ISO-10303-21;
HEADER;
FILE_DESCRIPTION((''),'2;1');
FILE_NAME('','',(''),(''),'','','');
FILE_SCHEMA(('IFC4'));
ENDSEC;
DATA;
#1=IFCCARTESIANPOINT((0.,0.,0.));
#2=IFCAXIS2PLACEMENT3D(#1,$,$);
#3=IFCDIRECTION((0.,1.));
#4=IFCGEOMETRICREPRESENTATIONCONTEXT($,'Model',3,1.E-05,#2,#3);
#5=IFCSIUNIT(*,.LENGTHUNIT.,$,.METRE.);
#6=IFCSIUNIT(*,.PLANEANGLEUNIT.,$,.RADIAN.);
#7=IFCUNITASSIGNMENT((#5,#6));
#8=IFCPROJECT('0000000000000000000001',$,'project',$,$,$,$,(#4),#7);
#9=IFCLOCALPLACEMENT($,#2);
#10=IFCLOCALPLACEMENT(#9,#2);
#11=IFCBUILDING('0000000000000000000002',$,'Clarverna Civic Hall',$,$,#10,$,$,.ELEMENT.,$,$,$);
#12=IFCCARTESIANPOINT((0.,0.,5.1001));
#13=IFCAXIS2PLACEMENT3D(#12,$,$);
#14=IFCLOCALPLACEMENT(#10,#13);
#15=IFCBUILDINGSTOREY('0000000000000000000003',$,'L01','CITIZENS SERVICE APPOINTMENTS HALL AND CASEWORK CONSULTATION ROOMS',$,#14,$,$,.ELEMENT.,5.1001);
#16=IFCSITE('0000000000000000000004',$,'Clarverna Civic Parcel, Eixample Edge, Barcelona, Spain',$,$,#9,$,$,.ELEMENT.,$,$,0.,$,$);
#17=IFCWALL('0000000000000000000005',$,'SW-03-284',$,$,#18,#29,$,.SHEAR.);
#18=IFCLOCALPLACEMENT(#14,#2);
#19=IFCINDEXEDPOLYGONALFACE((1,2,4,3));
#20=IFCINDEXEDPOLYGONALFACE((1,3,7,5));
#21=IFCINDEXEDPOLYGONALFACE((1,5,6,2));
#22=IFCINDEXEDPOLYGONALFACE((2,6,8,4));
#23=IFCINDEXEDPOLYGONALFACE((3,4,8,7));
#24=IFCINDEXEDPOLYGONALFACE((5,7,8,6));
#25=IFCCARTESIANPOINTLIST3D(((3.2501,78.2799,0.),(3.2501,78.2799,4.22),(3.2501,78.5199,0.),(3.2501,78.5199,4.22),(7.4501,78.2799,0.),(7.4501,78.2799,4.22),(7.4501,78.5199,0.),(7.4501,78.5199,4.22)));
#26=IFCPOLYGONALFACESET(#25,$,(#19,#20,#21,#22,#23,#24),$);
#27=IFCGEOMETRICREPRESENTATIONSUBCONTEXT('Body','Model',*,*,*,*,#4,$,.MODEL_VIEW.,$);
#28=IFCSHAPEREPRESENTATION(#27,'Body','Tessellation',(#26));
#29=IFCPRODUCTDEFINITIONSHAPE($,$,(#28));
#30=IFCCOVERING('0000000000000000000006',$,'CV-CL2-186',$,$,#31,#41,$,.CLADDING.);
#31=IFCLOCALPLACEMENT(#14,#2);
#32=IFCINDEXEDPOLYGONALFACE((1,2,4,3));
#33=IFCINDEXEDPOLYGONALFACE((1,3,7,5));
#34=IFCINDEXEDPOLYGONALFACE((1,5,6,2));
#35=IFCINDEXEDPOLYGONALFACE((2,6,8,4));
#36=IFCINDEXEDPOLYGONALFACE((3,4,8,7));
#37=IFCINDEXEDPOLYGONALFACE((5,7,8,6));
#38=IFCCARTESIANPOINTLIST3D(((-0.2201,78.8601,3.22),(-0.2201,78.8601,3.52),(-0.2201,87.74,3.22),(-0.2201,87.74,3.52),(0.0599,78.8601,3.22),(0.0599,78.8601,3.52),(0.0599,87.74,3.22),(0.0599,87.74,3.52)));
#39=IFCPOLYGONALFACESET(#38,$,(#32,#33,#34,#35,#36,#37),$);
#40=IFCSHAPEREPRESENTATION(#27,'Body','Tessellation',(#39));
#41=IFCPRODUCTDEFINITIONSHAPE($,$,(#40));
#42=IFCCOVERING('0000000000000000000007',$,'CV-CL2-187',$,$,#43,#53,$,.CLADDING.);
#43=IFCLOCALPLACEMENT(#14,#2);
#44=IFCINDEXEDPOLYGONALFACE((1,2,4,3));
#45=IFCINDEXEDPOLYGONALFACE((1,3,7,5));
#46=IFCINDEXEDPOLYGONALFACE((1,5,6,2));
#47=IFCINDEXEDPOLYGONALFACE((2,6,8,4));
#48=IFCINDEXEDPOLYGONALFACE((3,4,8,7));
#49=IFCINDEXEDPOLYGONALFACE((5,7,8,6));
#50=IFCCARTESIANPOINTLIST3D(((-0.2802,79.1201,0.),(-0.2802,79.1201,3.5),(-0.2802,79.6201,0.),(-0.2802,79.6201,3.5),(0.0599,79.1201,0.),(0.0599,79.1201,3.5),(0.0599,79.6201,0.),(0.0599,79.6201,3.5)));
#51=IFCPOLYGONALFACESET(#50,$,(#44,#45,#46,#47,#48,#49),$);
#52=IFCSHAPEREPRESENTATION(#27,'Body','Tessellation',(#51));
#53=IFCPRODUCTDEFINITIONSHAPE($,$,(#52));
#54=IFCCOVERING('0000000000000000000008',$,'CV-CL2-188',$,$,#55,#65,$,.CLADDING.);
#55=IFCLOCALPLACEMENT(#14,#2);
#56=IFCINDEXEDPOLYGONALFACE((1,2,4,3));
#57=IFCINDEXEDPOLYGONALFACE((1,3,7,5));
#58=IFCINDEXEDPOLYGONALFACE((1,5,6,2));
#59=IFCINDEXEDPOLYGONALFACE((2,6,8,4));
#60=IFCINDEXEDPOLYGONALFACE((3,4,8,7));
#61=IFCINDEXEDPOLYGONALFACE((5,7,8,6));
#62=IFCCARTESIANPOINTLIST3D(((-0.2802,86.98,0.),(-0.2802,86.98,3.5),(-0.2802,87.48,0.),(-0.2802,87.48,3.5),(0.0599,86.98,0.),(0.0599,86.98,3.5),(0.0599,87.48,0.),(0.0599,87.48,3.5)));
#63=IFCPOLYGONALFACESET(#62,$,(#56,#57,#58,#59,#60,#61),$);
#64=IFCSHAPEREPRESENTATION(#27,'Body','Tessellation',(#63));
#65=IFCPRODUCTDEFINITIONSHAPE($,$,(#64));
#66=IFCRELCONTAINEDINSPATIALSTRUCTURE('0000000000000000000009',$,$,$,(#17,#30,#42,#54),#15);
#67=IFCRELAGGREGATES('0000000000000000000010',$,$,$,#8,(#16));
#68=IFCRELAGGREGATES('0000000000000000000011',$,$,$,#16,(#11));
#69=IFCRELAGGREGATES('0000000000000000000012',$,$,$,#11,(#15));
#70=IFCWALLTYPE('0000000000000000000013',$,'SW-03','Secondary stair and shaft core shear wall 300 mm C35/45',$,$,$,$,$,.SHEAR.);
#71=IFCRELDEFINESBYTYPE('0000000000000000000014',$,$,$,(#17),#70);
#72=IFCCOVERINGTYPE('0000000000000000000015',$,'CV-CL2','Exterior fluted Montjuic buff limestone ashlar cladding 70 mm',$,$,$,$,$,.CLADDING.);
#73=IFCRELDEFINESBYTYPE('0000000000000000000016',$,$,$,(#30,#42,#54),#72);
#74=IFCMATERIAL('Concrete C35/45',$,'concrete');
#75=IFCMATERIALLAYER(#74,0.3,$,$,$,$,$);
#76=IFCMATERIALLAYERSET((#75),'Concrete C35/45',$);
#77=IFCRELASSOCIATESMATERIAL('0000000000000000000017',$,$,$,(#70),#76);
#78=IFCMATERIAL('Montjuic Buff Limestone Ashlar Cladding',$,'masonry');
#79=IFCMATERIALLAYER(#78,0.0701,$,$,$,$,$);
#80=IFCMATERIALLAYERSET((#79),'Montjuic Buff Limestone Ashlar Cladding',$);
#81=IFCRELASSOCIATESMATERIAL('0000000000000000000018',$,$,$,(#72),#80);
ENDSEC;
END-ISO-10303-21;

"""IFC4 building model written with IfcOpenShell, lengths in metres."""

from ifc_helpers import new_model, si_unit, direction, frame, frame_2d, origin, place, context, subcontext, project, spatial, rectangle, extrude, material, layer, layer_set, type_object, element, save


model = new_model("IFC4")

# Units and contexts
model_context = context("Model", 3, precision=1e-05, world=origin(), true_north=direction((0.0, 1.0)))
body_context = subcontext(model_context, "Body", "Model", "MODEL_VIEW")
ifc_project = project(units=[si_unit("LENGTHUNIT", "METRE"), si_unit("PLANEANGLEUNIT", "RADIAN")], contexts=[model_context])

# Site, building, storey
site_placement = place(None, origin())
site = spatial("IfcSite", under=ifc_project, at=site_placement, Name="Clarverna Civic Parcel, Eixample Edge, Barcelona, Spain", CompositionType="ELEMENT", RefElevation=0.0)
building_placement = place(site_placement, origin())
building = spatial("IfcBuilding", under=site, at=building_placement, Name="Clarverna Civic Hall", CompositionType="ELEMENT")
storey_placement = place(building_placement, frame((0.0, 0.0, 5.1001)))
storey = spatial("IfcBuildingStorey", under=building, at=storey_placement, Name="L01", Description="CITIZENS SERVICE APPOINTMENTS HALL AND CASEWORK CONSULTATION ROOMS", CompositionType="ELEMENT", Elevation=5.1001)

# Shared definitions
ifc_material_1 = material(Name="Concrete C35/45", Category="concrete")

# Wall
ifc_layer_1 = layer(ifc_material_1, 0.3)
ifc_layer_set_1 = layer_set([ifc_layer_1], Name="Concrete C35/45")
wall_type_1 = type_object("IfcWallType", Name="SW-03", Description="Secondary stair and shaft core shear wall 300 mm C35/45", PredefinedType="SHEAR", material=ifc_layer_set_1)
wall_1_placement = place(storey_placement, frame((3.25, 78.3999, 0.0), z_axis=(0.0, 0.0, 1.0), x_axis=(1.0, 0.0, 0.0)))
element("IfcWall", 1, at=wall_1_placement, inside=storey, type_object=wall_type_1, Name="SW-03-284", PredefinedType="SHEAR", context=body_context, shape_type="SweptSolid", body=[
    extrude(rectangle(XDim=4.2, YDim=0.24, at=frame_2d((2.1001, 0.0))), origin(), (0.0, 0.0, 1.0), 4.22),
])

# Coverings
ifc_material_2 = material(Name="Montjuic Buff Limestone Ashlar Cladding", Category="masonry")
ifc_layer_2 = layer(ifc_material_2, 0.0701)
ifc_layer_set_2 = layer_set([ifc_layer_2], Name="Montjuic Buff Limestone Ashlar Cladding")
covering_type = type_object("IfcCoveringType", Name="CV-CL2", Description="Exterior fluted Montjuic buff limestone ashlar cladding 70 mm", PredefinedType="CLADDING", material=ifc_layer_set_2)
covering_placement = place(storey_placement, frame((-0.0801, 78.8601, 3.22), z_axis=(0.0, 0.0, 1.0), x_axis=(0.0, 1.0, 0.0)))
element("IfcCovering", 2, at=covering_placement, inside=storey, type_object=covering_type, Name="CV-CL2-186", PredefinedType="CLADDING", context=body_context, shape_type="SweptSolid", body=[
    extrude(rectangle(XDim=8.8799, YDim=0.28, at=frame_2d((4.4399, 0.0))), origin(), (0.0, 0.0, 1.0), 0.3),
])
for number, where, z_axis, x_axis, name in (
    (3, (-0.1101, 79.1201, 0.0), (0.0, 0.0, 1.0), (0.0, 1.0, 0.0), "CV-CL2-187"),
    (4, (-0.1101, 86.98, 0.0), (0.0, 0.0, 1.0), (0.0, 1.0, 0.0), "CV-CL2-188"),
):
    element("IfcCovering", number, at=place(storey_placement, frame(where, z_axis=z_axis, x_axis=x_axis)), inside=storey, type_object=covering_type, Name=name, PredefinedType="CLADDING", context=body_context, shape_type="SweptSolid", body=[
        extrude(rectangle(XDim=0.5, YDim=0.3401, at=frame_2d((0.25, 0.0))), origin(), (0.0, 0.0, 1.0), 3.5),
    ])

save(model, "model.ifc")
